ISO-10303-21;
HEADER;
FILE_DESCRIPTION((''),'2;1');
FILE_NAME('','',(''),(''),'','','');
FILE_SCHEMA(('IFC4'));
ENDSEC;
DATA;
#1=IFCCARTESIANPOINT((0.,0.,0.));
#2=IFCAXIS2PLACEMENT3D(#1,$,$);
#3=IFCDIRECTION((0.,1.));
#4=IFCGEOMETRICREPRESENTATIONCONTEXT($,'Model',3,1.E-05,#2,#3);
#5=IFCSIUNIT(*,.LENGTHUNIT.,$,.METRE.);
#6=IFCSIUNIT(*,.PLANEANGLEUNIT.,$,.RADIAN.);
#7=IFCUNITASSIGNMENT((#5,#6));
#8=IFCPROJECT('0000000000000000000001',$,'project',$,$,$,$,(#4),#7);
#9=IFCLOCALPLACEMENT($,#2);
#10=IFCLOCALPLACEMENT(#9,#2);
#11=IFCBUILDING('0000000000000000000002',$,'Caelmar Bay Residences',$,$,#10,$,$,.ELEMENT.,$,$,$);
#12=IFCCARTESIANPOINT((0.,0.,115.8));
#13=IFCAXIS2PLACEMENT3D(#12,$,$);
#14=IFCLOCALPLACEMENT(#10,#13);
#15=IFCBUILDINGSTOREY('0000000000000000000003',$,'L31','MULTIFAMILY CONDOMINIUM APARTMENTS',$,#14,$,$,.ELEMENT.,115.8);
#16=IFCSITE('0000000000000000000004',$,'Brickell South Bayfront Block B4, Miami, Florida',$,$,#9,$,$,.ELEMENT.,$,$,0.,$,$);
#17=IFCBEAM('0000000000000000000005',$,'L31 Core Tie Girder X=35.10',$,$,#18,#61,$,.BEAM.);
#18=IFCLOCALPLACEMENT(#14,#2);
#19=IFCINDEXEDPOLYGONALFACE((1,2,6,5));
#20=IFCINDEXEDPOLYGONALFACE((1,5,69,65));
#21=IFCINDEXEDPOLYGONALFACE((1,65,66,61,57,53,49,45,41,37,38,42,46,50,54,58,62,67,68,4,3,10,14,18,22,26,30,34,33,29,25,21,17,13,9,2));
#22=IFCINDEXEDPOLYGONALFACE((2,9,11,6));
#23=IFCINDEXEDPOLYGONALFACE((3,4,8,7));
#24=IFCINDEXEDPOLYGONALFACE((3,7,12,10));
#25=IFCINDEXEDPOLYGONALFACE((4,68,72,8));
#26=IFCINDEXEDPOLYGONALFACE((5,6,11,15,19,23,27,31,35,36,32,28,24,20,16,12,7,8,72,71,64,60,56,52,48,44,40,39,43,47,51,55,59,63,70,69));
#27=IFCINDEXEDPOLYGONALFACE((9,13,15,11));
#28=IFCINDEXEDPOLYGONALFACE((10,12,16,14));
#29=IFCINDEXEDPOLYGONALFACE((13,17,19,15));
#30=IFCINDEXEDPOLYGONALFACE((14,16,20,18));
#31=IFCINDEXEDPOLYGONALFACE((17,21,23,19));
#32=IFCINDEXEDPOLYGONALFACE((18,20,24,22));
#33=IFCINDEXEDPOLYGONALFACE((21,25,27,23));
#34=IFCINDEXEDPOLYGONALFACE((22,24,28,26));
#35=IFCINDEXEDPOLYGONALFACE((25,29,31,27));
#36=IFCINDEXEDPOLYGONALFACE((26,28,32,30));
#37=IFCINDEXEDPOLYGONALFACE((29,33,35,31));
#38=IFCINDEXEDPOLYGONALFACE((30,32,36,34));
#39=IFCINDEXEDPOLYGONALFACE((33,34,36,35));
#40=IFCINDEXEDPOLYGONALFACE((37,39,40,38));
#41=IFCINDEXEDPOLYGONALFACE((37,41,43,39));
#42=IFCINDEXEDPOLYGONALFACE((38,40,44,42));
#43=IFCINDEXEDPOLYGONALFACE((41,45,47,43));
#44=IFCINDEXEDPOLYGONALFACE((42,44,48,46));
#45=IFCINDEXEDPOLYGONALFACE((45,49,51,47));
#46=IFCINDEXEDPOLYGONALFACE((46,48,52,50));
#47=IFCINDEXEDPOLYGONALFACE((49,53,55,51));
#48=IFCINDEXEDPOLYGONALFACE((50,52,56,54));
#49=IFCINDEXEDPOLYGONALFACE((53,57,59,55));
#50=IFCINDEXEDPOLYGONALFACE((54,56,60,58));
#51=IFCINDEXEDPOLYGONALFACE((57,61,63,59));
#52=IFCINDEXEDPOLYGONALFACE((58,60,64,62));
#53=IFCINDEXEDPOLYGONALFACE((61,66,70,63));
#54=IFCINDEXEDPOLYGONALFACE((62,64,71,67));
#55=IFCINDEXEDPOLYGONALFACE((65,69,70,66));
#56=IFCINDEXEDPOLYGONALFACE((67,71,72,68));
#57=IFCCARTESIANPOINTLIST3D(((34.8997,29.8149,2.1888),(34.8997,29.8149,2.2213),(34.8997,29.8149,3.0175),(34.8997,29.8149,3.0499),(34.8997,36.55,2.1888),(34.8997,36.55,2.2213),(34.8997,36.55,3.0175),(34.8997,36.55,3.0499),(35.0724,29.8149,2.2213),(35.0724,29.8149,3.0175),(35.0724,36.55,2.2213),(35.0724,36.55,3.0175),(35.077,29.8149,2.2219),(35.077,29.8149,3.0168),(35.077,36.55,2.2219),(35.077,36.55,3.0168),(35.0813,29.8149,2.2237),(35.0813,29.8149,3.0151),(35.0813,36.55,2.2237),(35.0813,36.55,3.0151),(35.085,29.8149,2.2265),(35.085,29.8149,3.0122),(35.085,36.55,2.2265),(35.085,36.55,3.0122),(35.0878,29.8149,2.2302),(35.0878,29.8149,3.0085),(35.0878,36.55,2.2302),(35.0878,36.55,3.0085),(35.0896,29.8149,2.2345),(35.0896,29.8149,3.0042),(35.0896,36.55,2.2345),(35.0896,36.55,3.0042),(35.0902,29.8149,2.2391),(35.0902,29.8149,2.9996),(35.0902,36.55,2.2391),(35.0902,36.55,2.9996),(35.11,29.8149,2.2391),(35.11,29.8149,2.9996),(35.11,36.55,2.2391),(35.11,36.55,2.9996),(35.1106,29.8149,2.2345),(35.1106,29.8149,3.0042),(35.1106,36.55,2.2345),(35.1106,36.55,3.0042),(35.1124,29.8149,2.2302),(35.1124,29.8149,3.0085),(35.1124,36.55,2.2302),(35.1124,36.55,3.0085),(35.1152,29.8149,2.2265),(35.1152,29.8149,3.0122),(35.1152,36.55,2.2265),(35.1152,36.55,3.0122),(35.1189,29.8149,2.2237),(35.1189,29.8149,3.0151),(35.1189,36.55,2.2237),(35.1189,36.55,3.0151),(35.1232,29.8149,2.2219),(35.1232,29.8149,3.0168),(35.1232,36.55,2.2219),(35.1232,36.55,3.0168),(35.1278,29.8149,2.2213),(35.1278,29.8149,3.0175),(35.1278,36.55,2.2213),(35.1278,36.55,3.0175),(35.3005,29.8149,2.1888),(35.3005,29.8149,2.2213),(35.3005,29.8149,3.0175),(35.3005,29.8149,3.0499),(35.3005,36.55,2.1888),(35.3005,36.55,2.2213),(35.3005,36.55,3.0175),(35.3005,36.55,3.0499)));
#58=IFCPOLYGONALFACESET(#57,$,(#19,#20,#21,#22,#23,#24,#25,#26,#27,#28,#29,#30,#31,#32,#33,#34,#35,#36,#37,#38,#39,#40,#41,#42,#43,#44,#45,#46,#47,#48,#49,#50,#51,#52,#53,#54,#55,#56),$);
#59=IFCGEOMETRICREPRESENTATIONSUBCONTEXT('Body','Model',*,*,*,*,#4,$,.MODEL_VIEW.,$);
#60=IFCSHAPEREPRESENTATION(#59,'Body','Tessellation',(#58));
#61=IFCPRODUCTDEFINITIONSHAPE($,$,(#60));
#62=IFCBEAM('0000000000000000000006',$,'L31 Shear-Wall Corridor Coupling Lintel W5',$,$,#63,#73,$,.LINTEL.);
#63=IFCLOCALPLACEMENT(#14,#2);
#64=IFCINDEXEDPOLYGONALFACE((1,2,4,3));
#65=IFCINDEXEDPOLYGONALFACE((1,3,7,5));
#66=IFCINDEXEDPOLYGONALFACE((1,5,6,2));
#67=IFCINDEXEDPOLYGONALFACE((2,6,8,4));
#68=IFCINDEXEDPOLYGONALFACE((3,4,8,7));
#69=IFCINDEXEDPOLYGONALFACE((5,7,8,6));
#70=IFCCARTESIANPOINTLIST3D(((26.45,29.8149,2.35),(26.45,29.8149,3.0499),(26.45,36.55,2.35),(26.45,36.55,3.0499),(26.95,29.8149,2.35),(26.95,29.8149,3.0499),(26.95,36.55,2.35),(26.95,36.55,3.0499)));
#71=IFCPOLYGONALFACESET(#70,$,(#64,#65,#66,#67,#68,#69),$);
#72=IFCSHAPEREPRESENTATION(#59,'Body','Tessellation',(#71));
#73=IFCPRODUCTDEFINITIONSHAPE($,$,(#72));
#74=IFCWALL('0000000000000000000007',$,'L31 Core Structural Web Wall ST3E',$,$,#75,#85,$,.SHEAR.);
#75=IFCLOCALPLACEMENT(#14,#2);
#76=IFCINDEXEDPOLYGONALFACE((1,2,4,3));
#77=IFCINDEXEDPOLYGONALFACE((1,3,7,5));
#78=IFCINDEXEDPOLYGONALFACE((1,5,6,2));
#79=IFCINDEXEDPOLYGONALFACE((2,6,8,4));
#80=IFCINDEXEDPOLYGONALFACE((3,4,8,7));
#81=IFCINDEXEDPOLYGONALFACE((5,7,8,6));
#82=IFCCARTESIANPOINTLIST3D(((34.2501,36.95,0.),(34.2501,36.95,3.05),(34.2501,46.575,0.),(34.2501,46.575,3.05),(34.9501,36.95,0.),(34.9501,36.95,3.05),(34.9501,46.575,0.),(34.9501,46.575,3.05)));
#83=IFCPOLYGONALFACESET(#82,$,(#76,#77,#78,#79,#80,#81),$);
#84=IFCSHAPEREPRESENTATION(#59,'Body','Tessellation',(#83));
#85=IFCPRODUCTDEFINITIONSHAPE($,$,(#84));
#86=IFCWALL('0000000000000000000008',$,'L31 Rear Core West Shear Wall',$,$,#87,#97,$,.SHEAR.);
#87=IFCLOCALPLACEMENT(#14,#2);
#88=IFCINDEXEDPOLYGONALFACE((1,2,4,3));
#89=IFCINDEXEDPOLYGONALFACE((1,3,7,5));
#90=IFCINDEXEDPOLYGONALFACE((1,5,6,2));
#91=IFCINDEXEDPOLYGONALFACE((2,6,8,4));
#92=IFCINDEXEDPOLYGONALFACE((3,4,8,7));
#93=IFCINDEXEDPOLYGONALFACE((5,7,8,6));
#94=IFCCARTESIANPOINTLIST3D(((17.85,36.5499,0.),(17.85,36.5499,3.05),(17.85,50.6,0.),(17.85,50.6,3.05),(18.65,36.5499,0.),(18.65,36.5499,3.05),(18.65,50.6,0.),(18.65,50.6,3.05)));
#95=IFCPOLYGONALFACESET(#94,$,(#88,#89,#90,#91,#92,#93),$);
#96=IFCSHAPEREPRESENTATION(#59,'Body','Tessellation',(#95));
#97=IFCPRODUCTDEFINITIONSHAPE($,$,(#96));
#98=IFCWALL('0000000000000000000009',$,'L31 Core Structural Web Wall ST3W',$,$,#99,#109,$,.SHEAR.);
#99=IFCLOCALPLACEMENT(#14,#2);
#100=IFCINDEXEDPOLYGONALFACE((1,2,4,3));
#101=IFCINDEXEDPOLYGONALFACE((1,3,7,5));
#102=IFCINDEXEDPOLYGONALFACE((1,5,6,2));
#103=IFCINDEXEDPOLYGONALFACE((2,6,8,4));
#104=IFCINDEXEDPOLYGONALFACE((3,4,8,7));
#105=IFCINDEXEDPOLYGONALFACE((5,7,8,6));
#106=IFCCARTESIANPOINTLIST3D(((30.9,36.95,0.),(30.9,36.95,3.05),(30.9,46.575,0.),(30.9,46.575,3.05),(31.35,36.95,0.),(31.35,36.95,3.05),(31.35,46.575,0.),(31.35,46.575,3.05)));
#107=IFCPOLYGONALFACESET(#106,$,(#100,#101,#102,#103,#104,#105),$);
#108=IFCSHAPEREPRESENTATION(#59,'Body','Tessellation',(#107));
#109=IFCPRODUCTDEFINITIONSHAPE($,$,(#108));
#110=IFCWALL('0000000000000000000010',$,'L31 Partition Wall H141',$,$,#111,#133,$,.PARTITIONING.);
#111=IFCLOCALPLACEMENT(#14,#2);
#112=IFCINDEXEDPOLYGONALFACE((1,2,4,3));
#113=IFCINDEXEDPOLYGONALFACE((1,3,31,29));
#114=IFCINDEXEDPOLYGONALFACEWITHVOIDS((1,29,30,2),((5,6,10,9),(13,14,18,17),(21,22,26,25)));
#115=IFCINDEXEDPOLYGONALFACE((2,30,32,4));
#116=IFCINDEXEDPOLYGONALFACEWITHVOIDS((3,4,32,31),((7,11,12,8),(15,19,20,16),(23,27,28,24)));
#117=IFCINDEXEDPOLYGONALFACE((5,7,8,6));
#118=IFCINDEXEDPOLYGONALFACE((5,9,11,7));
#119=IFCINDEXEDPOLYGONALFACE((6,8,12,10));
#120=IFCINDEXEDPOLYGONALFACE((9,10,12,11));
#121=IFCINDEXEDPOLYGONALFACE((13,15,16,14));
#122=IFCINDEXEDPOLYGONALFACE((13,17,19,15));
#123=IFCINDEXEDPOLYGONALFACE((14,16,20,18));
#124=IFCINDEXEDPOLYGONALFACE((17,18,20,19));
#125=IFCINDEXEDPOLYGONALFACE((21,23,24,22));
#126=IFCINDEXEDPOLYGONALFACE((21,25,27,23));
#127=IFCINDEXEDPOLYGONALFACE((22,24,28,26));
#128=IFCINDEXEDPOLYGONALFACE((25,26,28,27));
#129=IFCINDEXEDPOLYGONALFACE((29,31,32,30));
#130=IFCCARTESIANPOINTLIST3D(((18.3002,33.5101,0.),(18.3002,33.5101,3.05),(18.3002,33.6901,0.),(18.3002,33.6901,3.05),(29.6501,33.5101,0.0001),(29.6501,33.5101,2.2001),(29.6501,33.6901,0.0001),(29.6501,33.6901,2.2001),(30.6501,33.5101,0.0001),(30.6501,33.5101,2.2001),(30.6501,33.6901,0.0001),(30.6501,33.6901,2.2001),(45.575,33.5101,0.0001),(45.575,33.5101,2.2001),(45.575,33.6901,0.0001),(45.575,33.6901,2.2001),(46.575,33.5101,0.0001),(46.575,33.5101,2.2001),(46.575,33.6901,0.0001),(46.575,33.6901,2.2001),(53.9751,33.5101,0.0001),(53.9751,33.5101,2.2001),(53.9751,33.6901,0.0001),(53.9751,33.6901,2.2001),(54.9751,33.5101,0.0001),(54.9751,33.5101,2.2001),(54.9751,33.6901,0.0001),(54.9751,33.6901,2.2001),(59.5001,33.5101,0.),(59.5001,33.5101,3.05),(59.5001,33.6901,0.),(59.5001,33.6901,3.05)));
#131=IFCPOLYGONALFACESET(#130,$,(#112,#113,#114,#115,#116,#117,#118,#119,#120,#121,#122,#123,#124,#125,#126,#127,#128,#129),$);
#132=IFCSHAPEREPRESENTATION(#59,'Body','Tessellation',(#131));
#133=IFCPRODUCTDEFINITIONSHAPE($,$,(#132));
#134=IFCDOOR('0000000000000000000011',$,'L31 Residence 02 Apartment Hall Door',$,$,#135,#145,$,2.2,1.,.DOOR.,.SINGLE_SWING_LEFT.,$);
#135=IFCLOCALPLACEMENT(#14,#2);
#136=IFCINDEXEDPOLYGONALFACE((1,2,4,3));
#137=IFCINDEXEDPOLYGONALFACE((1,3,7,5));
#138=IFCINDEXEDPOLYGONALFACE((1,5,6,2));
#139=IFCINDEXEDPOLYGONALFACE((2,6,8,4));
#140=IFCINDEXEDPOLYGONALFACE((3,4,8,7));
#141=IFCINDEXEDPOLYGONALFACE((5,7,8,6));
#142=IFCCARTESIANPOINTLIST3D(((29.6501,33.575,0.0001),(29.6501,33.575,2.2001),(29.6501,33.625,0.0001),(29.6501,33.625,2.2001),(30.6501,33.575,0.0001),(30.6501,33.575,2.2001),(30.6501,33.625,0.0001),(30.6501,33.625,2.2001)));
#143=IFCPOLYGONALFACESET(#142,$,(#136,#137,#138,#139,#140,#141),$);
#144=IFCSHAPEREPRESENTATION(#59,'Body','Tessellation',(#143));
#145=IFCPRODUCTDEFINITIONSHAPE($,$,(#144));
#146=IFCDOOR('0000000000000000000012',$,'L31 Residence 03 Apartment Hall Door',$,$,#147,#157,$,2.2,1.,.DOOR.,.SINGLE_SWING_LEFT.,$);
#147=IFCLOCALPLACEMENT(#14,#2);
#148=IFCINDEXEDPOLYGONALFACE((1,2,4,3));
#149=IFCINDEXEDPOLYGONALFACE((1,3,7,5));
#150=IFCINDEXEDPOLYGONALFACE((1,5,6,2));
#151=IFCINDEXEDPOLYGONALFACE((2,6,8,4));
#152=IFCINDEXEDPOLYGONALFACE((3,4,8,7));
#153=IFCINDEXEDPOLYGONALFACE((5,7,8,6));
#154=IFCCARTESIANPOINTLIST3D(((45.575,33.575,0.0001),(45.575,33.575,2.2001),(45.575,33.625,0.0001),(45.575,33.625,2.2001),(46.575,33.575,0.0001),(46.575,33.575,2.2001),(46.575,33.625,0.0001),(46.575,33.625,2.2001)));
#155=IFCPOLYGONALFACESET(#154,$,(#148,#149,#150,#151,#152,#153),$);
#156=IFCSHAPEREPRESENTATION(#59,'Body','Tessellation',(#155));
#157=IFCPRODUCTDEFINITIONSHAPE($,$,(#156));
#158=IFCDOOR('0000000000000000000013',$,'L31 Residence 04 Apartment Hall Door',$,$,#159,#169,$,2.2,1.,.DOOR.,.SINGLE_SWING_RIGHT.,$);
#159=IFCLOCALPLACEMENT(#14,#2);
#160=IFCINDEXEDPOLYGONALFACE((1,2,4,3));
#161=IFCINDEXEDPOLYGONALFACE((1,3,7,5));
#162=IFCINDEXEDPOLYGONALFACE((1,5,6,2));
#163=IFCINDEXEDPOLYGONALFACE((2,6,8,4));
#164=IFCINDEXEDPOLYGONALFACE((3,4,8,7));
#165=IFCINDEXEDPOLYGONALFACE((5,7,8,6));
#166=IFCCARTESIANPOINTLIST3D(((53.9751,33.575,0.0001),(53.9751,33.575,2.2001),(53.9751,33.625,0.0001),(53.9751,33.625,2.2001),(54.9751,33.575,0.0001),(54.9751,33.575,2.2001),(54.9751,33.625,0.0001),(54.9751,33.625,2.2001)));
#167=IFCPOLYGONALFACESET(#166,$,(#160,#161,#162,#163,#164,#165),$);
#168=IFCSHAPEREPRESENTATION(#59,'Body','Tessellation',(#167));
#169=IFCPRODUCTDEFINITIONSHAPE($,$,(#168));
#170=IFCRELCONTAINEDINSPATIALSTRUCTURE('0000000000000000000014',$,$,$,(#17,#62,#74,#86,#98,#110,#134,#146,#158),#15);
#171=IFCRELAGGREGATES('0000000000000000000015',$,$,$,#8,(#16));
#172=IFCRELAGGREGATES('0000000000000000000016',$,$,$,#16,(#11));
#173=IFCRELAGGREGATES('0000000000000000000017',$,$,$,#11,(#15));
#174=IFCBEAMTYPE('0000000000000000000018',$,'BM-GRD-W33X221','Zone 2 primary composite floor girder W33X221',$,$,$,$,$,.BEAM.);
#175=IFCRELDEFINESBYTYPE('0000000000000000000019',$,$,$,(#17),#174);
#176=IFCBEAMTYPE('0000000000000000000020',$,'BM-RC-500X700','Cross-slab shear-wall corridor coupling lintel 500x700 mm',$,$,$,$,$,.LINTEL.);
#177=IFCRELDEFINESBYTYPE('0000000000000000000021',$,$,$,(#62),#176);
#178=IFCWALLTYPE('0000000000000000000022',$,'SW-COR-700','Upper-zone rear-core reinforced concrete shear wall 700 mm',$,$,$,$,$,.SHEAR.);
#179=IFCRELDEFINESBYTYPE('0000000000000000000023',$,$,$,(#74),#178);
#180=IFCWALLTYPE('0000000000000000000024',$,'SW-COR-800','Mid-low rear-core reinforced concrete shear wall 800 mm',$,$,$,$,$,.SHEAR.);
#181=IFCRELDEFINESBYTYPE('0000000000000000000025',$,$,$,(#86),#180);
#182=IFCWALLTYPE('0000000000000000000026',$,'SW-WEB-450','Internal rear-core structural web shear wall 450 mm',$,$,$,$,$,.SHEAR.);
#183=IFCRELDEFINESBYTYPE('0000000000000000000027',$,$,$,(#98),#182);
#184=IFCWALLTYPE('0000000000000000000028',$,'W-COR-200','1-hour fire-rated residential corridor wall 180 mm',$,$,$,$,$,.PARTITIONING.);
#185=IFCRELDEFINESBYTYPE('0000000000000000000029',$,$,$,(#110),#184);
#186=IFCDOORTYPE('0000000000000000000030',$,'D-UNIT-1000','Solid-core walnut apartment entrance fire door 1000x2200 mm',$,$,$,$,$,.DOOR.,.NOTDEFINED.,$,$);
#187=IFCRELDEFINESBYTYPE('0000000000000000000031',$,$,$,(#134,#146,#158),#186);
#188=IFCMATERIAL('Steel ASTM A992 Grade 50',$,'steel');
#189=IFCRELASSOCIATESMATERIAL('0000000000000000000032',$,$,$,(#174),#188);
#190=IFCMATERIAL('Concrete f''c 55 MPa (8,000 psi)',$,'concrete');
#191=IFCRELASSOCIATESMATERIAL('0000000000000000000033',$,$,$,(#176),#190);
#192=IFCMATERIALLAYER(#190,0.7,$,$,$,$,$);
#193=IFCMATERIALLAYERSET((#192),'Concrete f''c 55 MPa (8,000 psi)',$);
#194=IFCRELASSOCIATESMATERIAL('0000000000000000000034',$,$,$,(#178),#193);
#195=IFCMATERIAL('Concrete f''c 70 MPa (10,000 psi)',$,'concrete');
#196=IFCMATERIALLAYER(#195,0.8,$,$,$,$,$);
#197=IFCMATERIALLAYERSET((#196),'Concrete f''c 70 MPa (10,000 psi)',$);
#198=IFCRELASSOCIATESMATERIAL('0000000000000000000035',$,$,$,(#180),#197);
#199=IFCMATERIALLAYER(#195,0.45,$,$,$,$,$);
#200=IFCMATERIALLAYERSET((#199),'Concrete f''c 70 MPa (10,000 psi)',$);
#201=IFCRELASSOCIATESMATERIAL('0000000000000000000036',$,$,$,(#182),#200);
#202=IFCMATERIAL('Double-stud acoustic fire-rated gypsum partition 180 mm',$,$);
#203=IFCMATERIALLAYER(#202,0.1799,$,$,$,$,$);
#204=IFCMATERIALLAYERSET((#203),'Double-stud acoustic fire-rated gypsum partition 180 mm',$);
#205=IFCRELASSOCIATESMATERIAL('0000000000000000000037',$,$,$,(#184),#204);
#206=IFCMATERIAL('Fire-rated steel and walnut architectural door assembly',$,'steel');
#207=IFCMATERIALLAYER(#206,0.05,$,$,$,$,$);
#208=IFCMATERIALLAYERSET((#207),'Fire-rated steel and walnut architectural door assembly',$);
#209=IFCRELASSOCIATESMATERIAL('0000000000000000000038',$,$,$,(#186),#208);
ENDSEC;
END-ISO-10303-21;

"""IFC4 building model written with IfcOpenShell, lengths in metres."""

from ifc_helpers import new_model, si_unit, direction, frame, frame_2d, origin, origin_2d, place, context, subcontext, project, spatial, rectangle, i_section, extrude, material, layer, layer_set, material_profile, profile_set, type_object, element, fill, save


model = new_model("IFC4")

# Units and contexts
model_context = context("Model", 3, precision=1e-05, world=origin(), true_north=direction((0.0, 1.0)))
body_context = subcontext(model_context, "Body", "Model", "MODEL_VIEW")
ifc_project = project(units=[si_unit("LENGTHUNIT", "METRE"), si_unit("PLANEANGLEUNIT", "RADIAN")], contexts=[model_context])

# Site, building, storey
site_placement = place(None, origin())
site = spatial("IfcSite", under=ifc_project, at=site_placement, Name="Brickell South Bayfront Block B4, Miami, Florida", CompositionType="ELEMENT", RefElevation=0.0)
building_placement = place(site_placement, origin())
building = spatial("IfcBuilding", under=site, at=building_placement, Name="Caelmar Bay Residences", CompositionType="ELEMENT")
storey_placement = place(building_placement, frame((0.0, 0.0, 115.8)))
storey = spatial("IfcBuildingStorey", under=building, at=storey_placement, Name="L31", Description="MULTIFAMILY CONDOMINIUM APARTMENTS", CompositionType="ELEMENT", Elevation=115.8)

# Beams
ifc_material_1 = material(Name="Steel ASTM A992 Grade 50", Category="steel")
ifc_material_profile_1 = material_profile(ifc_material_1, i_section(OverallWidth=0.4009, OverallDepth=0.8611, WebThickness=0.0198, FlangeThickness=0.0325, FilletRadius=0.0178, at=origin_2d()), Name="W33X221")
ifc_profile_set_1 = profile_set([ifc_material_profile_1], Name="Steel ASTM A992 Grade 50")
beam_type_1 = type_object("IfcBeamType", Name="BM-GRD-W33X221", Description="Zone 2 primary composite floor girder W33X221", PredefinedType="BEAM", material=ifc_profile_set_1)
beam_1_placement = place(storey_placement, frame((35.1001, 29.8149, 2.6194), z_axis=(0.0, 1.0, 0.0), x_axis=(-1.0, 0.0, 0.0)))
element("IfcBeam", 1, at=beam_1_placement, inside=storey, type_object=beam_type_1, Name="L31 Core Tie Girder X=35.10", PredefinedType="BEAM", context=body_context, shape_type="SweptSolid", body=[
    extrude(i_section(OverallWidth=0.4009, OverallDepth=0.8611, WebThickness=0.0198, FlangeThickness=0.0325, FilletRadius=0.0178, at=origin_2d()), origin(), (0.0, 0.0, 1.0), 6.7351),
])
ifc_material_2 = material(Name="Concrete f'c 55 MPa (8,000 psi)", Category="concrete")
ifc_material_profile_2 = material_profile(ifc_material_2, rectangle(XDim=0.5, YDim=0.7, at=origin_2d()), Name="RC-BM-500X700")
ifc_profile_set_2 = profile_set([ifc_material_profile_2], Name="Concrete f'c 55 MPa (8,000 psi)")
beam_type_2 = type_object("IfcBeamType", Name="BM-RC-500X700", Description="Cross-slab shear-wall corridor coupling lintel 500x700 mm", PredefinedType="LINTEL", material=ifc_profile_set_2)
beam_2_placement = place(storey_placement, frame((26.7, 29.8149, 2.7), z_axis=(0.0, 1.0, 0.0), x_axis=(-1.0, 0.0, 0.0)))
element("IfcBeam", 2, at=beam_2_placement, inside=storey, type_object=beam_type_2, Name="L31 Shear-Wall Corridor Coupling Lintel W5", PredefinedType="LINTEL", context=body_context, shape_type="SweptSolid", body=[
    extrude(rectangle(XDim=0.5, YDim=0.7, at=origin_2d()), origin(), (0.0, 0.0, 1.0), 6.7351),
])

# Shared definitions
ifc_layer_1 = layer(ifc_material_2, 0.7)
ifc_layer_set_1 = layer_set([ifc_layer_1], Name="Concrete f'c 55 MPa (8,000 psi)")
wall_type_1 = type_object("IfcWallType", Name="SW-COR-700", Description="Upper-zone rear-core reinforced concrete shear wall 700 mm", PredefinedType="SHEAR", material=ifc_layer_set_1)
ifc_material_3 = material(Name="Fire-rated steel and walnut architectural door assembly", Category="steel")

# Walls
wall_1_placement = place(storey_placement, frame((34.6001, 36.95, 0.0), z_axis=(0.0, 0.0, 1.0), x_axis=(0.0, 1.0, 0.0)))
element("IfcWall", 3, at=wall_1_placement, inside=storey, type_object=wall_type_1, Name="L31 Core Structural Web Wall ST3E", PredefinedType="SHEAR", context=body_context, shape_type="SweptSolid", body=[
    extrude(rectangle(XDim=9.625, YDim=0.7, at=frame_2d((4.8125, 0.0))), origin(), (0.0, 0.0, 1.0), 3.05),
])
ifc_material_4 = material(Name="Concrete f'c 70 MPa (10,000 psi)", Category="concrete")
ifc_layer_2 = layer(ifc_material_4, 0.8)
ifc_layer_set_2 = layer_set([ifc_layer_2], Name="Concrete f'c 70 MPa (10,000 psi)")
wall_type_2 = type_object("IfcWallType", Name="SW-COR-800", Description="Mid-low rear-core reinforced concrete shear wall 800 mm", PredefinedType="SHEAR", material=ifc_layer_set_2)
wall_2_placement = place(storey_placement, frame((18.25, 36.55, 0.0), z_axis=(0.0, 0.0, 1.0), x_axis=(0.0, 1.0, 0.0)))
element("IfcWall", 4, at=wall_2_placement, inside=storey, type_object=wall_type_2, Name="L31 Rear Core West Shear Wall", PredefinedType="SHEAR", context=body_context, shape_type="SweptSolid", body=[
    extrude(rectangle(XDim=14.05, YDim=0.8, at=frame_2d((7.0249, 0.0))), origin(), (0.0, 0.0, 1.0), 3.05),
])
ifc_layer_3 = layer(ifc_material_4, 0.45)
ifc_layer_set_3 = layer_set([ifc_layer_3], Name="Concrete f'c 70 MPa (10,000 psi)")
wall_type_3 = type_object("IfcWallType", Name="SW-WEB-450", Description="Internal rear-core structural web shear wall 450 mm", PredefinedType="SHEAR", material=ifc_layer_set_3)
wall_3_placement = place(storey_placement, frame((31.125, 36.95, 0.0), z_axis=(0.0, 0.0, 1.0), x_axis=(0.0, 1.0, 0.0)))
element("IfcWall", 5, at=wall_3_placement, inside=storey, type_object=wall_type_3, Name="L31 Core Structural Web Wall ST3W", PredefinedType="SHEAR", context=body_context, shape_type="SweptSolid", body=[
    extrude(rectangle(XDim=9.625, YDim=0.45, at=frame_2d((4.8125, 0.0))), origin(), (0.0, 0.0, 1.0), 3.05),
])

# Wall, openings, doors
ifc_material_5 = material(Name="Double-stud acoustic fire-rated gypsum partition 180 mm")
ifc_layer_4 = layer(ifc_material_5, 0.1799)
ifc_layer_set_4 = layer_set([ifc_layer_4], Name="Double-stud acoustic fire-rated gypsum partition 180 mm")
wall_type_4 = type_object("IfcWallType", Name="W-COR-200", Description="1-hour fire-rated residential corridor wall 180 mm", PredefinedType="PARTITIONING", material=ifc_layer_set_4)
wall_4_placement = place(storey_placement, frame((18.3, 33.6001, 0.0), z_axis=(0.0, 0.0, 1.0), x_axis=(1.0, 0.0, 0.0)))
wall_4 = element("IfcWall", 6, at=wall_4_placement, inside=storey, type_object=wall_type_4, Name="L31 Partition Wall H141", PredefinedType="PARTITIONING", context=body_context, shape_type="SweptSolid", body=[
    extrude(rectangle(XDim=41.2, YDim=0.1799, at=frame_2d((20.6001, 0.0))), origin(), (0.0, 0.0, 1.0), 3.05),
])
opening_1_placement = place(wall_4_placement, frame((11.3501, 0.0, 0.0)))
opening_1 = element("IfcOpeningElement", 7, at=opening_1_placement, cuts=wall_4, PredefinedType="OPENING", context=body_context, shape_type="SweptSolid", body=[
    extrude(rectangle(XDim=1.0, YDim=2.2, at=frame_2d((0.5, 1.1001))), frame((0.0, 0.0999, 0.0), z_axis=(0.0, -1.0, 0.0), x_axis=(1.0, 0.0, 0.0)), (0.0, 0.0, 1.0), 0.2),
])
opening_2_placement = place(wall_4_placement, frame((27.2749, 0.0, 0.0)))
opening_2 = element("IfcOpeningElement", 8, at=opening_2_placement, cuts=wall_4, PredefinedType="OPENING", context=body_context, shape_type="SweptSolid", body=[
    extrude(rectangle(XDim=1.0, YDim=2.2, at=frame_2d((0.5, 1.1001))), frame((0.0, 0.0999, 0.0), z_axis=(0.0, -1.0, 0.0), x_axis=(1.0, 0.0, 0.0)), (0.0, 0.0, 1.0), 0.2),
])
opening_3_placement = place(wall_4_placement, frame((35.675, 0.0, 0.0)))
opening_3 = element("IfcOpeningElement", 9, at=opening_3_placement, cuts=wall_4, PredefinedType="OPENING", context=body_context, shape_type="SweptSolid", body=[
    extrude(rectangle(XDim=1.0, YDim=2.2, at=frame_2d((0.5, 1.1001))), frame((0.0, 0.0999, 0.0), z_axis=(0.0, -1.0, 0.0), x_axis=(1.0, 0.0, 0.0)), (0.0, 0.0, 1.0), 0.2),
])
ifc_layer_5 = layer(ifc_material_3, 0.05)
ifc_layer_set_5 = layer_set([ifc_layer_5], Name="Fire-rated steel and walnut architectural door assembly")
door_type_1 = type_object("IfcDoorType", Name="D-UNIT-1000", Description="Solid-core walnut apartment entrance fire door 1000x2200 mm", OperationType="NOTDEFINED", PredefinedType="DOOR", material=ifc_layer_set_5)
door_1_placement = place(opening_1_placement, origin())
door_1 = element("IfcDoor", 10, at=door_1_placement, inside=storey, type_object=door_type_1, Name="L31 Residence 02 Apartment Hall Door", OperationType="SINGLE_SWING_LEFT", OverallHeight=2.2, OverallWidth=1.0, PredefinedType="DOOR", context=body_context, shape_type="SweptSolid", body=[
    extrude(rectangle(XDim=1.0, YDim=2.2, at=frame_2d((0.5, 1.1001))), frame((0.0, 0.0249, 0.0), z_axis=(0.0, -1.0, 0.0), x_axis=(1.0, 0.0, 0.0)), (0.0, 0.0, 1.0), 0.05),
])
fill(opening_1, door_1)
door_2_placement = place(opening_2_placement, origin())
door_2 = element("IfcDoor", 11, at=door_2_placement, inside=storey, type_object=door_type_1, Name="L31 Residence 03 Apartment Hall Door", OperationType="SINGLE_SWING_LEFT", OverallHeight=2.2, OverallWidth=1.0, PredefinedType="DOOR", context=body_context, shape_type="SweptSolid", body=[
    extrude(rectangle(XDim=1.0, YDim=2.2, at=frame_2d((0.5, 1.1001))), frame((0.0, 0.0249, 0.0), z_axis=(0.0, -1.0, 0.0), x_axis=(1.0, 0.0, 0.0)), (0.0, 0.0, 1.0), 0.05),
])
fill(opening_2, door_2)
door_3_placement = place(opening_3_placement, origin())
door_3 = element("IfcDoor", 12, at=door_3_placement, inside=storey, type_object=door_type_1, Name="L31 Residence 04 Apartment Hall Door", OperationType="SINGLE_SWING_RIGHT", OverallHeight=2.2, OverallWidth=1.0, PredefinedType="DOOR", context=body_context, shape_type="SweptSolid", body=[
    extrude(rectangle(XDim=1.0, YDim=2.2, at=frame_2d((0.5, 1.1001))), frame((0.0, 0.0249, 0.0), z_axis=(0.0, -1.0, 0.0), x_axis=(1.0, 0.0, 0.0)), (0.0, 0.0, 1.0), 0.05),
])
fill(opening_3, door_3)

save(model, "model.ifc")
